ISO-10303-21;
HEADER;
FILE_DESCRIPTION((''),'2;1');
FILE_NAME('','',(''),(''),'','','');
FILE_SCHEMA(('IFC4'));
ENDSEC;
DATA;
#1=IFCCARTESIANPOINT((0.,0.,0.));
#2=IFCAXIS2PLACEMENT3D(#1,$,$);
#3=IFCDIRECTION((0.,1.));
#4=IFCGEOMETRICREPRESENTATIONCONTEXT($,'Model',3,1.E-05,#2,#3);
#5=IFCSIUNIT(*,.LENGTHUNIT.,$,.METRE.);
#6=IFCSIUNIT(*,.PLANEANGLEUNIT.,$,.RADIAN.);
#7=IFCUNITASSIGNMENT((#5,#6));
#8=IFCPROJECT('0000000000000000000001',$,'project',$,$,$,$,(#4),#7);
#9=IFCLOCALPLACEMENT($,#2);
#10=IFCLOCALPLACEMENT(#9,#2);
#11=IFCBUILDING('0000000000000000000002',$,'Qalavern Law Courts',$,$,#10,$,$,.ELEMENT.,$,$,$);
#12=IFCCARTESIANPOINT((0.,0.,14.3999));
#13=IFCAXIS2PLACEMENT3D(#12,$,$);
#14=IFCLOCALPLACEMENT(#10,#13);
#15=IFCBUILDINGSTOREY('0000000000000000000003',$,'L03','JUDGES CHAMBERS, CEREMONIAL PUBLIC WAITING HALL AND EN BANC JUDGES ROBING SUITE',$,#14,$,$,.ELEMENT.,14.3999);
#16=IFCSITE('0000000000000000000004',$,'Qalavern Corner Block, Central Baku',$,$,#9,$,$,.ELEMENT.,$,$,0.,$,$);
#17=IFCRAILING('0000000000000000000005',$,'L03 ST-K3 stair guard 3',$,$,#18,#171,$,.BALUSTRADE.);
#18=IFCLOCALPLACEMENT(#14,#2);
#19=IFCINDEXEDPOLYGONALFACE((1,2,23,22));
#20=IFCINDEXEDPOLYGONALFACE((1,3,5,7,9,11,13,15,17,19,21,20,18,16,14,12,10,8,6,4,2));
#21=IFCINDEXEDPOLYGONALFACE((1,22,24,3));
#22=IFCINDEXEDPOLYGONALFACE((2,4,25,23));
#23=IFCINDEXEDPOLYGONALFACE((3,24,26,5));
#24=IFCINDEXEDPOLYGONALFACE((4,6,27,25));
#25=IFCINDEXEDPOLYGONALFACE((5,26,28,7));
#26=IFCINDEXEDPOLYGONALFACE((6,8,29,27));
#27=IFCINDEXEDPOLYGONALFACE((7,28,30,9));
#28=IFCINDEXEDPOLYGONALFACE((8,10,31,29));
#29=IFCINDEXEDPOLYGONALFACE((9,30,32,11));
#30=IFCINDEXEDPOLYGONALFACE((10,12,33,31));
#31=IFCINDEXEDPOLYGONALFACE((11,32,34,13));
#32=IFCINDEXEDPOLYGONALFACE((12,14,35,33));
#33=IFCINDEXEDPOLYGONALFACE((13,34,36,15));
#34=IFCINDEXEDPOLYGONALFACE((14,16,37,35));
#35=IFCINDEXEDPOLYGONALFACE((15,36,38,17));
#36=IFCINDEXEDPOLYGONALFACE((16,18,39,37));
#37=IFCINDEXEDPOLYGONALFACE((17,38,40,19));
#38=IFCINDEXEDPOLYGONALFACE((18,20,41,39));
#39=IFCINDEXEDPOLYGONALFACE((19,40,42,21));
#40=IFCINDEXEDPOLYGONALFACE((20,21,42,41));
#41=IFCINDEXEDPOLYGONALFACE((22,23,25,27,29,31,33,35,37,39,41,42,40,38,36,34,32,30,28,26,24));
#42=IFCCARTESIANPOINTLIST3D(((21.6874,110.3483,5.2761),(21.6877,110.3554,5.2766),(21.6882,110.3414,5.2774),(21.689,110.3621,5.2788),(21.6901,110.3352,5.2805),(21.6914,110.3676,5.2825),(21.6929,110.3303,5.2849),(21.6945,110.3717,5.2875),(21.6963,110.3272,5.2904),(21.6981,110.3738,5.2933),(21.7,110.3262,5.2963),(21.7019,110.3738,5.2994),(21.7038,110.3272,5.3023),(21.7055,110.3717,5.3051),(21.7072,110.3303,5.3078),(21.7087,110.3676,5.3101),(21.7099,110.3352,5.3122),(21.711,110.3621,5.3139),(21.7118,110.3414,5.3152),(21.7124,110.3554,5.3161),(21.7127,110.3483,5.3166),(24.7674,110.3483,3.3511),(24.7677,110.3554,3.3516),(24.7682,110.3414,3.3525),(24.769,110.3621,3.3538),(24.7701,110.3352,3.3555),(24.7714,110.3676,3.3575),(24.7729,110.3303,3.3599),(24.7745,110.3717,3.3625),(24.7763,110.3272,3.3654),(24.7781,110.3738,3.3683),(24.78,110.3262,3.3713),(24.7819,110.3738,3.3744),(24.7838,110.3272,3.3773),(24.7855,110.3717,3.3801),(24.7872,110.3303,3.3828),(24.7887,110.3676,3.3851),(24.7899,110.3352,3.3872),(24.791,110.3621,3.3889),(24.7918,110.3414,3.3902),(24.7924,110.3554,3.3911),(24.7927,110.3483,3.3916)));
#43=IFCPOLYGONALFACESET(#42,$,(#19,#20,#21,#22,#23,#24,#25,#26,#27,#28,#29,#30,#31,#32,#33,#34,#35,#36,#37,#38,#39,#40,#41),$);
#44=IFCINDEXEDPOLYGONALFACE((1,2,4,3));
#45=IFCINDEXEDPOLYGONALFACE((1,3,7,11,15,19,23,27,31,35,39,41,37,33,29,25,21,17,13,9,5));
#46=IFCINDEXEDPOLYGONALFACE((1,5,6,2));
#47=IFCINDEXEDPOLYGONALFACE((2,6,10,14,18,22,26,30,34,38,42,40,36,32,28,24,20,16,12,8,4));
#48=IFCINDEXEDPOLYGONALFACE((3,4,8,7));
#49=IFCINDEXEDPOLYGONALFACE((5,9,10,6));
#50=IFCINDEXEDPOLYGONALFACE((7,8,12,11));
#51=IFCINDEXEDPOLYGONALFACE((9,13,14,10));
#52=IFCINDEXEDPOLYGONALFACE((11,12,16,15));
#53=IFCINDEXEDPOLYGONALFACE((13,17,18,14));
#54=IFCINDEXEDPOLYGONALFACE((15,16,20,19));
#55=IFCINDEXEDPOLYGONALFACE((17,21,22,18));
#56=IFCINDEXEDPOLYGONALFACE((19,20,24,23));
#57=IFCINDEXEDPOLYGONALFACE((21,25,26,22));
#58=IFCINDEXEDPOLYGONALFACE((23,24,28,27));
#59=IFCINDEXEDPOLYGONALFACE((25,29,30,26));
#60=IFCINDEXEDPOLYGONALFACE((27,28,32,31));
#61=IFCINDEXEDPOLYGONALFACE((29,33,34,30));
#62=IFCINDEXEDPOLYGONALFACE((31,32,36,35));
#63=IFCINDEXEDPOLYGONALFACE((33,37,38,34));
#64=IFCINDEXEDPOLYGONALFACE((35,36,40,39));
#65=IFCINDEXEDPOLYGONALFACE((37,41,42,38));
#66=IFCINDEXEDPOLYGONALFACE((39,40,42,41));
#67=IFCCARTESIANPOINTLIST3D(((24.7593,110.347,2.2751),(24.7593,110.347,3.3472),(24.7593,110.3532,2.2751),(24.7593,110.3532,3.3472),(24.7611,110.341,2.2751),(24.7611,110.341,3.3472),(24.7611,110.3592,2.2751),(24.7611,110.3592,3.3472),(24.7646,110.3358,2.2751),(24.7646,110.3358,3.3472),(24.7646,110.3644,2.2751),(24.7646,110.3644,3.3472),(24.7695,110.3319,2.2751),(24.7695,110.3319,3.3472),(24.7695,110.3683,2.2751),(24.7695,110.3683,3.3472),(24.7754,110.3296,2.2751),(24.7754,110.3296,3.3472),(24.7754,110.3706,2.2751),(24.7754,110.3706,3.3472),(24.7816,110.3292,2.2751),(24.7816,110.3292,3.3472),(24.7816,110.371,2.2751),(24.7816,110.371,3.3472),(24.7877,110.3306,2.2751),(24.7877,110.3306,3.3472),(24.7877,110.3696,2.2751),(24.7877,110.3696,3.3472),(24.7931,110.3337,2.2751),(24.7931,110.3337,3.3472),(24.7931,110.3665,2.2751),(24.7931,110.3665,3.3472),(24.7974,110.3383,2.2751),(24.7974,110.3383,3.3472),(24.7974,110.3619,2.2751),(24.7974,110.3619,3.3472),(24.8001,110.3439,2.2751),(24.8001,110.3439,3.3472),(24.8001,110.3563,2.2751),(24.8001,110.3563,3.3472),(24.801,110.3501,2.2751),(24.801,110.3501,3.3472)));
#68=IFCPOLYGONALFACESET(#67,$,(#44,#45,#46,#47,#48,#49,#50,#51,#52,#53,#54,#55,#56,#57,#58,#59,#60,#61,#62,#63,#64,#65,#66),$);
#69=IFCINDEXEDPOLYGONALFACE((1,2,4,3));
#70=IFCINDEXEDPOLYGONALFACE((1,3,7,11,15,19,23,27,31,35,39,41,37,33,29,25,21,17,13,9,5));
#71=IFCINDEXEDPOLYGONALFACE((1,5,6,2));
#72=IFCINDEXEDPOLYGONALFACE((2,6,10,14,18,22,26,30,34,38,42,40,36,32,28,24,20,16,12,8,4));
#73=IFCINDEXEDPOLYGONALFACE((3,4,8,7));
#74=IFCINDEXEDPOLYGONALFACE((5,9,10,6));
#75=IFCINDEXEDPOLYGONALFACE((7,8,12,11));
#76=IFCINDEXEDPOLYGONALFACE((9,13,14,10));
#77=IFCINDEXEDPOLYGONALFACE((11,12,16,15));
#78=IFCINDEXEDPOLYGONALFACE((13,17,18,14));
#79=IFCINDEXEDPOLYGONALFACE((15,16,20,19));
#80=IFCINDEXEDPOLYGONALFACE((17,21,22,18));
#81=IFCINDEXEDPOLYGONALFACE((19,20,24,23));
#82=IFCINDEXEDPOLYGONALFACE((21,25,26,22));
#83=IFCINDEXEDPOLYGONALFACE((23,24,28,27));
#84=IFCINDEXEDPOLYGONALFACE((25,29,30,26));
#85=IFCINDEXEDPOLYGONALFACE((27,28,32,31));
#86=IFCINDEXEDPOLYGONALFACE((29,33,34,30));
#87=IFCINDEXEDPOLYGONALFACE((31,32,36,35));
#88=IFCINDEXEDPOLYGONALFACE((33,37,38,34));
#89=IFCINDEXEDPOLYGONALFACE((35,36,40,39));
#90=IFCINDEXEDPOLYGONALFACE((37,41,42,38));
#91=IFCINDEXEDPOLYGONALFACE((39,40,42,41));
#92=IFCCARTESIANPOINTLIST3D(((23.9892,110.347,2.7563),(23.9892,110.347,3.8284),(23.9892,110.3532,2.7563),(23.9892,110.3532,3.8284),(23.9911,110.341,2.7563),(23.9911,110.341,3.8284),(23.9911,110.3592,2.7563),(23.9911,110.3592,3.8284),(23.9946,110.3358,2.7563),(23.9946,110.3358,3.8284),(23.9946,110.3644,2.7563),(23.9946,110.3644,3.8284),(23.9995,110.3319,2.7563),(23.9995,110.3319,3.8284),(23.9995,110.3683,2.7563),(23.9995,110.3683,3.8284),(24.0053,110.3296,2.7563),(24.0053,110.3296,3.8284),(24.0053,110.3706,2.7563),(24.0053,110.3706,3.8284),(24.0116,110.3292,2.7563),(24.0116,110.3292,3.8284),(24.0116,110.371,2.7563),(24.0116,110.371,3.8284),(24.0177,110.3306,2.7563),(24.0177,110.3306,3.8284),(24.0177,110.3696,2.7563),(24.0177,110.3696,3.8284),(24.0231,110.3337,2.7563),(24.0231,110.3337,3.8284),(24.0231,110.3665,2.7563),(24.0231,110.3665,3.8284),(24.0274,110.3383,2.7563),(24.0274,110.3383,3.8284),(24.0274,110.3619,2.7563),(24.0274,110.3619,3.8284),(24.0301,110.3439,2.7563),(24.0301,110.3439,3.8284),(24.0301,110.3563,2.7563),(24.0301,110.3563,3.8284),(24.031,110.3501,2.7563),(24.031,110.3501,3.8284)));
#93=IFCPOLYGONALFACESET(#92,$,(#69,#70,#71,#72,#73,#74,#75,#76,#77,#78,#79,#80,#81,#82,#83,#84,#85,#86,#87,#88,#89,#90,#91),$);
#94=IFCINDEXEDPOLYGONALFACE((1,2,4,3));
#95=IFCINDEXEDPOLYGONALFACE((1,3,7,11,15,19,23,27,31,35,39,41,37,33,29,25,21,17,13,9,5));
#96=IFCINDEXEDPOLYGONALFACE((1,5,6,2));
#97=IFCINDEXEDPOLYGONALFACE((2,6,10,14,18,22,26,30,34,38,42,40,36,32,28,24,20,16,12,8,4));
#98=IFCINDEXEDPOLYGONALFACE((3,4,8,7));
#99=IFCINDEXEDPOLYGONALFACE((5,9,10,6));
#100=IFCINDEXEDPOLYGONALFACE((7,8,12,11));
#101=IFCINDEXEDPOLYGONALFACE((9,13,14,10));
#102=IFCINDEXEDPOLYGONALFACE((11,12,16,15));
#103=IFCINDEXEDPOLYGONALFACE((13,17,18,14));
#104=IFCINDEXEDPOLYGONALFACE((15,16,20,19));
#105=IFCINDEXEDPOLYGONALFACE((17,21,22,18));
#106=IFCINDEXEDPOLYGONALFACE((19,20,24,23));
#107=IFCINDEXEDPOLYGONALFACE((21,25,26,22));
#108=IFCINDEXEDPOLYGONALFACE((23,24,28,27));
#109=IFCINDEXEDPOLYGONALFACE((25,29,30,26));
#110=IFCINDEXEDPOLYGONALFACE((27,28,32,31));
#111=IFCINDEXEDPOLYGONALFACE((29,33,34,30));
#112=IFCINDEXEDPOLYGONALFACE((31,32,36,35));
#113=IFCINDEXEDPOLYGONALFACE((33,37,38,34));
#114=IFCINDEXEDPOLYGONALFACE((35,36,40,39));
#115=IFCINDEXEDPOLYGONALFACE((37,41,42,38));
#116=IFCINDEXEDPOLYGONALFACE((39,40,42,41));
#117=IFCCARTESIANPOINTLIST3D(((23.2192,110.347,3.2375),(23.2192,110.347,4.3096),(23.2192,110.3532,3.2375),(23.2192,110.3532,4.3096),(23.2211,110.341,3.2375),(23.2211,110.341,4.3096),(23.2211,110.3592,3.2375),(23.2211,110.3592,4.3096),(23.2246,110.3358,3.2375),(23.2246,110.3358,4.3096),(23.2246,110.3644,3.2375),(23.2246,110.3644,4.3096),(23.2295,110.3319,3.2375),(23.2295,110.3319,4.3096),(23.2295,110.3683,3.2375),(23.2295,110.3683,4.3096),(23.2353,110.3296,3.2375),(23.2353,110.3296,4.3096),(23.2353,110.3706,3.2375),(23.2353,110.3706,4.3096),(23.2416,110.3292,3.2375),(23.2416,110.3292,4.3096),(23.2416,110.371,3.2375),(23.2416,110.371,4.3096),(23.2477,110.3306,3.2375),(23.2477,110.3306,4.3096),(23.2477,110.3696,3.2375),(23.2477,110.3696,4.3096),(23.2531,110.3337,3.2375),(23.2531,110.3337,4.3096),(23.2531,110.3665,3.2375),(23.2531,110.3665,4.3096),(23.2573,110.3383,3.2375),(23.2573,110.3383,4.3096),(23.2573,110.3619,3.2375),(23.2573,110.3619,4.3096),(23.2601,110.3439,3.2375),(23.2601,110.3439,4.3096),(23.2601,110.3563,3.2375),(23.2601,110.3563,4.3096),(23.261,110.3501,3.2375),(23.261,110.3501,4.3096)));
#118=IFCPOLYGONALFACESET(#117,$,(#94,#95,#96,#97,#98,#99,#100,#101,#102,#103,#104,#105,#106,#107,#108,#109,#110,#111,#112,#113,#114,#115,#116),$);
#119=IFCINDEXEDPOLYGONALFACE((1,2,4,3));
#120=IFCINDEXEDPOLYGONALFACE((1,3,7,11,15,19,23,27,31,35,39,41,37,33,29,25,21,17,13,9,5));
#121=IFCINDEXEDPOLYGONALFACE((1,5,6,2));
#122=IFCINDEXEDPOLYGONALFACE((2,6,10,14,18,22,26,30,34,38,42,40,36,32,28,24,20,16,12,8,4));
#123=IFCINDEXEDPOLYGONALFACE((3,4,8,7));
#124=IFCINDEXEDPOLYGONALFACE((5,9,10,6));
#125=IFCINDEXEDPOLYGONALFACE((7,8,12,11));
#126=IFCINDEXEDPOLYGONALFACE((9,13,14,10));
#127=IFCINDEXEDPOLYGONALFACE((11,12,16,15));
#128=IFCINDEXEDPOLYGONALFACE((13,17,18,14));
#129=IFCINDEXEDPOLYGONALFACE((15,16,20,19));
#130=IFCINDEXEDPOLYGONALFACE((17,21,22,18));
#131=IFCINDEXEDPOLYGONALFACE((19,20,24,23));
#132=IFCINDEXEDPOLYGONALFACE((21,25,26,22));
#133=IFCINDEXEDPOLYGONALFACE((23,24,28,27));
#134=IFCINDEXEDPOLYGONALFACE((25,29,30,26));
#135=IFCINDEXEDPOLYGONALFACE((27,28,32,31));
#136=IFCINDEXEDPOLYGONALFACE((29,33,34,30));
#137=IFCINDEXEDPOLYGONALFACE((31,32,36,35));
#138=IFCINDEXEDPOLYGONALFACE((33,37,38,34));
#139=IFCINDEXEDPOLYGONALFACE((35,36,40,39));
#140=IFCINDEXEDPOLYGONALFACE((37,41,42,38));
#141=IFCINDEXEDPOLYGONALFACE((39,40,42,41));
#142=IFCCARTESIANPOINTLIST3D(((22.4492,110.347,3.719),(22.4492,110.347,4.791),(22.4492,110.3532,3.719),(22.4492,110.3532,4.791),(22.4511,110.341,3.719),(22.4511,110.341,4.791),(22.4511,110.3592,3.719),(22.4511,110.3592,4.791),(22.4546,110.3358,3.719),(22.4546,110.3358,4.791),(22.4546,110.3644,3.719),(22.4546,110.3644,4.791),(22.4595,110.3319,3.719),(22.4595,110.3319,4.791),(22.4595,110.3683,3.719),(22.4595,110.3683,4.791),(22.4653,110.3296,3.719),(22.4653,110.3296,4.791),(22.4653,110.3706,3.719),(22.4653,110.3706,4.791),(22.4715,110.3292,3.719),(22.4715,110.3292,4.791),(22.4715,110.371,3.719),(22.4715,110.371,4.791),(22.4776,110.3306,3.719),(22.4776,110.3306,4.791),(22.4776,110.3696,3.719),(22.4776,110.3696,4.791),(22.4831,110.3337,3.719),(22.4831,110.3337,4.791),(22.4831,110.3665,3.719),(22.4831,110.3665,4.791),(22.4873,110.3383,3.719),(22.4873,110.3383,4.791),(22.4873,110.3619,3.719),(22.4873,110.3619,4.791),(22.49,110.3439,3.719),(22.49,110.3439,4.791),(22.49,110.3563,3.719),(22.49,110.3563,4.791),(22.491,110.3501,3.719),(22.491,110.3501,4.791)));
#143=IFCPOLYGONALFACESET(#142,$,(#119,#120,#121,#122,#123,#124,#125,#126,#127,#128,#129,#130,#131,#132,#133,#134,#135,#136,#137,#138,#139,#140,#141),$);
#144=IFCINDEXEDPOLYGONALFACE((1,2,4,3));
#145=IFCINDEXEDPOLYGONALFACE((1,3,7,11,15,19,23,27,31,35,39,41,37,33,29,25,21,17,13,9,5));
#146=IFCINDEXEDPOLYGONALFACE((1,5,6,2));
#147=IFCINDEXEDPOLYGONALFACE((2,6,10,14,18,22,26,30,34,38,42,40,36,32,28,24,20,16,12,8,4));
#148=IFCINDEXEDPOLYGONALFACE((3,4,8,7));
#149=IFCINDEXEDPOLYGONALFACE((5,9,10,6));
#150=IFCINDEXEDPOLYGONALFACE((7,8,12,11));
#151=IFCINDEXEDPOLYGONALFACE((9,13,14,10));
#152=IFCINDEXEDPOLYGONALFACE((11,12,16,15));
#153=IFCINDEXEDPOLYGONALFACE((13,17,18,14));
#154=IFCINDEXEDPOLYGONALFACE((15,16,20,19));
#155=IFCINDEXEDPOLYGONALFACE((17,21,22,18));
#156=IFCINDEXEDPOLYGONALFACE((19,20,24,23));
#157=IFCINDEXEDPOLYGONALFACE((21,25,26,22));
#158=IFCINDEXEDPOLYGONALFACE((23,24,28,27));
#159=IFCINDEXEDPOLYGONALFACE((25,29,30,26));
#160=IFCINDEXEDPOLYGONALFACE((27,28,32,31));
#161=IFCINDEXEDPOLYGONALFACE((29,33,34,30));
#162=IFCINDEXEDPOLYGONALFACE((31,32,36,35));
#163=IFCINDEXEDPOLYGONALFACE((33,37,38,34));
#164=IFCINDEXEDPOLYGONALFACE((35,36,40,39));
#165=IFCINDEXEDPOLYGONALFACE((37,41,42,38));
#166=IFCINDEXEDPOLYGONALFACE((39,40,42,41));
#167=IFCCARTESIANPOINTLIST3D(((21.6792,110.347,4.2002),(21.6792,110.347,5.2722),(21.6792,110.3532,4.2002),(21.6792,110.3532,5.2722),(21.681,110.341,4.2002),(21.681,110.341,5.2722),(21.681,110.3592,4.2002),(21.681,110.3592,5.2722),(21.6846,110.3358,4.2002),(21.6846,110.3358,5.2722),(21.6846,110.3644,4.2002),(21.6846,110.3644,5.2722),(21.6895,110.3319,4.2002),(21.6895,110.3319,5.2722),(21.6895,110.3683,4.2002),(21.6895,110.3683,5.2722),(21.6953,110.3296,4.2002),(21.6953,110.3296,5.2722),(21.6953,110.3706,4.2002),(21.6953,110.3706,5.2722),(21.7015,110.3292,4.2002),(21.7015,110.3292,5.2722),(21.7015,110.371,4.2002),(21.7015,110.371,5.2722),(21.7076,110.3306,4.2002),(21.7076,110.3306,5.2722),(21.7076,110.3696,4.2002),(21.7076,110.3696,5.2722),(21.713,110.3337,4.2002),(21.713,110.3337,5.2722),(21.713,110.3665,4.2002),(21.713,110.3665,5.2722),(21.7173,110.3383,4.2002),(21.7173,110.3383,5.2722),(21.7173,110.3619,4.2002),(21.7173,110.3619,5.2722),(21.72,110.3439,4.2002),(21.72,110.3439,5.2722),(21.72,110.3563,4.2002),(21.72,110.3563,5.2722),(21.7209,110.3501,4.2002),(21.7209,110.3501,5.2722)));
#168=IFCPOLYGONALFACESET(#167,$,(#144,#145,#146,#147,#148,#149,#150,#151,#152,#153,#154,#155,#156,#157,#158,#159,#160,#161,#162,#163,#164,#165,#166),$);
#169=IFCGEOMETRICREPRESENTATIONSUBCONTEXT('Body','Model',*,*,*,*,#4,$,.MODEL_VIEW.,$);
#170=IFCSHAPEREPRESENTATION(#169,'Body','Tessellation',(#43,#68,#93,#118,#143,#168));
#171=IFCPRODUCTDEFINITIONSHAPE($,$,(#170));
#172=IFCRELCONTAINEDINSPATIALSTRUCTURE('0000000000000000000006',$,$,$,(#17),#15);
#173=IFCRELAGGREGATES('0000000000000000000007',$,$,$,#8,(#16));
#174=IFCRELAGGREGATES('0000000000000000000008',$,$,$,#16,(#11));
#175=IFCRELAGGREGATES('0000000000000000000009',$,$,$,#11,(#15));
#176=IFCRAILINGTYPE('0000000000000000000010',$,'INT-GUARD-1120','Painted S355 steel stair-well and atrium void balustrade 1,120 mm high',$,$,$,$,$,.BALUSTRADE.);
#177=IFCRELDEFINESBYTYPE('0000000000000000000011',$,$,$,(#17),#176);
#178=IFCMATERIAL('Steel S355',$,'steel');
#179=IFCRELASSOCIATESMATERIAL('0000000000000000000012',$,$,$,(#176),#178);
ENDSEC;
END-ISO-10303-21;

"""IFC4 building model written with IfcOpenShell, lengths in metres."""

from ifc_helpers import new_model, si_unit, direction, frame, origin, origin_2d, place, context, subcontext, project, spatial, circle, extrude, material, type_object, element, save


model = new_model("IFC4")

# Units and contexts
model_context = context("Model", 3, precision=1e-05, world=origin(), true_north=direction((0.0, 1.0)))
body_context = subcontext(model_context, "Body", "Model", "MODEL_VIEW")
ifc_project = project(units=[si_unit("LENGTHUNIT", "METRE"), si_unit("PLANEANGLEUNIT", "RADIAN")], contexts=[model_context])

# Site, building, storey
site_placement = place(None, origin())
site = spatial("IfcSite", under=ifc_project, at=site_placement, Name="Qalavern Corner Block, Central Baku", CompositionType="ELEMENT", RefElevation=0.0)
building_placement = place(site_placement, origin())
building = spatial("IfcBuilding", under=site, at=building_placement, Name="Qalavern Law Courts", CompositionType="ELEMENT")
storey_placement = place(building_placement, frame((0.0, 0.0, 14.3999)))
storey = spatial("IfcBuildingStorey", under=building, at=storey_placement, Name="L03", Description="JUDGES CHAMBERS, CEREMONIAL PUBLIC WAITING HALL AND EN BANC JUDGES ROBING SUITE", CompositionType="ELEMENT", Elevation=14.3999)

# Railing
ifc_material_1 = material(Name="Steel S355", Category="steel")
railing_type_1 = type_object("IfcRailingType", Name="INT-GUARD-1120", Description="Painted S355 steel stair-well and atrium void balustrade 1,120 mm high", PredefinedType="BALUSTRADE", material=ifc_material_1)
railing_1_placement = place(storey_placement, frame((24.78, 110.3501, 2.2751)))
element("IfcRailing", 1, at=railing_1_placement, inside=storey, type_object=railing_type_1, Name="L03 ST-K3 stair guard 3", PredefinedType="BALUSTRADE", context=body_context, shape_type="SweptSolid", body=[
    extrude(circle(Radius=0.0239, at=origin_2d()), frame((0.0, 0.0, 1.0962), z_axis=(-0.847998, 0.0, 0.529999), x_axis=(0.0, -1.0, 0.0)), (0.0, 0.0, 1.0), 3.6321),
    extrude(circle(Radius=0.021, at=origin_2d()), origin(), (0.0, 0.0, 1.0), 1.072),
    extrude(circle(Radius=0.021, at=origin_2d()), frame((-0.77, 0.0, 0.4812)), (0.0, 0.0, 1.0), 1.072),
    extrude(circle(Radius=0.021, at=origin_2d()), frame((-1.54, 0.0, 0.9624)), (0.0, 0.0, 1.0), 1.072),
    extrude(circle(Radius=0.021, at=origin_2d()), frame((-2.3101, 0.0, 1.4438)), (0.0, 0.0, 1.0), 1.072),
    extrude(circle(Radius=0.021, at=origin_2d()), frame((-3.0801, 0.0, 1.925)), (0.0, 0.0, 1.0), 1.072),
])

save(model, "model.ifc")
